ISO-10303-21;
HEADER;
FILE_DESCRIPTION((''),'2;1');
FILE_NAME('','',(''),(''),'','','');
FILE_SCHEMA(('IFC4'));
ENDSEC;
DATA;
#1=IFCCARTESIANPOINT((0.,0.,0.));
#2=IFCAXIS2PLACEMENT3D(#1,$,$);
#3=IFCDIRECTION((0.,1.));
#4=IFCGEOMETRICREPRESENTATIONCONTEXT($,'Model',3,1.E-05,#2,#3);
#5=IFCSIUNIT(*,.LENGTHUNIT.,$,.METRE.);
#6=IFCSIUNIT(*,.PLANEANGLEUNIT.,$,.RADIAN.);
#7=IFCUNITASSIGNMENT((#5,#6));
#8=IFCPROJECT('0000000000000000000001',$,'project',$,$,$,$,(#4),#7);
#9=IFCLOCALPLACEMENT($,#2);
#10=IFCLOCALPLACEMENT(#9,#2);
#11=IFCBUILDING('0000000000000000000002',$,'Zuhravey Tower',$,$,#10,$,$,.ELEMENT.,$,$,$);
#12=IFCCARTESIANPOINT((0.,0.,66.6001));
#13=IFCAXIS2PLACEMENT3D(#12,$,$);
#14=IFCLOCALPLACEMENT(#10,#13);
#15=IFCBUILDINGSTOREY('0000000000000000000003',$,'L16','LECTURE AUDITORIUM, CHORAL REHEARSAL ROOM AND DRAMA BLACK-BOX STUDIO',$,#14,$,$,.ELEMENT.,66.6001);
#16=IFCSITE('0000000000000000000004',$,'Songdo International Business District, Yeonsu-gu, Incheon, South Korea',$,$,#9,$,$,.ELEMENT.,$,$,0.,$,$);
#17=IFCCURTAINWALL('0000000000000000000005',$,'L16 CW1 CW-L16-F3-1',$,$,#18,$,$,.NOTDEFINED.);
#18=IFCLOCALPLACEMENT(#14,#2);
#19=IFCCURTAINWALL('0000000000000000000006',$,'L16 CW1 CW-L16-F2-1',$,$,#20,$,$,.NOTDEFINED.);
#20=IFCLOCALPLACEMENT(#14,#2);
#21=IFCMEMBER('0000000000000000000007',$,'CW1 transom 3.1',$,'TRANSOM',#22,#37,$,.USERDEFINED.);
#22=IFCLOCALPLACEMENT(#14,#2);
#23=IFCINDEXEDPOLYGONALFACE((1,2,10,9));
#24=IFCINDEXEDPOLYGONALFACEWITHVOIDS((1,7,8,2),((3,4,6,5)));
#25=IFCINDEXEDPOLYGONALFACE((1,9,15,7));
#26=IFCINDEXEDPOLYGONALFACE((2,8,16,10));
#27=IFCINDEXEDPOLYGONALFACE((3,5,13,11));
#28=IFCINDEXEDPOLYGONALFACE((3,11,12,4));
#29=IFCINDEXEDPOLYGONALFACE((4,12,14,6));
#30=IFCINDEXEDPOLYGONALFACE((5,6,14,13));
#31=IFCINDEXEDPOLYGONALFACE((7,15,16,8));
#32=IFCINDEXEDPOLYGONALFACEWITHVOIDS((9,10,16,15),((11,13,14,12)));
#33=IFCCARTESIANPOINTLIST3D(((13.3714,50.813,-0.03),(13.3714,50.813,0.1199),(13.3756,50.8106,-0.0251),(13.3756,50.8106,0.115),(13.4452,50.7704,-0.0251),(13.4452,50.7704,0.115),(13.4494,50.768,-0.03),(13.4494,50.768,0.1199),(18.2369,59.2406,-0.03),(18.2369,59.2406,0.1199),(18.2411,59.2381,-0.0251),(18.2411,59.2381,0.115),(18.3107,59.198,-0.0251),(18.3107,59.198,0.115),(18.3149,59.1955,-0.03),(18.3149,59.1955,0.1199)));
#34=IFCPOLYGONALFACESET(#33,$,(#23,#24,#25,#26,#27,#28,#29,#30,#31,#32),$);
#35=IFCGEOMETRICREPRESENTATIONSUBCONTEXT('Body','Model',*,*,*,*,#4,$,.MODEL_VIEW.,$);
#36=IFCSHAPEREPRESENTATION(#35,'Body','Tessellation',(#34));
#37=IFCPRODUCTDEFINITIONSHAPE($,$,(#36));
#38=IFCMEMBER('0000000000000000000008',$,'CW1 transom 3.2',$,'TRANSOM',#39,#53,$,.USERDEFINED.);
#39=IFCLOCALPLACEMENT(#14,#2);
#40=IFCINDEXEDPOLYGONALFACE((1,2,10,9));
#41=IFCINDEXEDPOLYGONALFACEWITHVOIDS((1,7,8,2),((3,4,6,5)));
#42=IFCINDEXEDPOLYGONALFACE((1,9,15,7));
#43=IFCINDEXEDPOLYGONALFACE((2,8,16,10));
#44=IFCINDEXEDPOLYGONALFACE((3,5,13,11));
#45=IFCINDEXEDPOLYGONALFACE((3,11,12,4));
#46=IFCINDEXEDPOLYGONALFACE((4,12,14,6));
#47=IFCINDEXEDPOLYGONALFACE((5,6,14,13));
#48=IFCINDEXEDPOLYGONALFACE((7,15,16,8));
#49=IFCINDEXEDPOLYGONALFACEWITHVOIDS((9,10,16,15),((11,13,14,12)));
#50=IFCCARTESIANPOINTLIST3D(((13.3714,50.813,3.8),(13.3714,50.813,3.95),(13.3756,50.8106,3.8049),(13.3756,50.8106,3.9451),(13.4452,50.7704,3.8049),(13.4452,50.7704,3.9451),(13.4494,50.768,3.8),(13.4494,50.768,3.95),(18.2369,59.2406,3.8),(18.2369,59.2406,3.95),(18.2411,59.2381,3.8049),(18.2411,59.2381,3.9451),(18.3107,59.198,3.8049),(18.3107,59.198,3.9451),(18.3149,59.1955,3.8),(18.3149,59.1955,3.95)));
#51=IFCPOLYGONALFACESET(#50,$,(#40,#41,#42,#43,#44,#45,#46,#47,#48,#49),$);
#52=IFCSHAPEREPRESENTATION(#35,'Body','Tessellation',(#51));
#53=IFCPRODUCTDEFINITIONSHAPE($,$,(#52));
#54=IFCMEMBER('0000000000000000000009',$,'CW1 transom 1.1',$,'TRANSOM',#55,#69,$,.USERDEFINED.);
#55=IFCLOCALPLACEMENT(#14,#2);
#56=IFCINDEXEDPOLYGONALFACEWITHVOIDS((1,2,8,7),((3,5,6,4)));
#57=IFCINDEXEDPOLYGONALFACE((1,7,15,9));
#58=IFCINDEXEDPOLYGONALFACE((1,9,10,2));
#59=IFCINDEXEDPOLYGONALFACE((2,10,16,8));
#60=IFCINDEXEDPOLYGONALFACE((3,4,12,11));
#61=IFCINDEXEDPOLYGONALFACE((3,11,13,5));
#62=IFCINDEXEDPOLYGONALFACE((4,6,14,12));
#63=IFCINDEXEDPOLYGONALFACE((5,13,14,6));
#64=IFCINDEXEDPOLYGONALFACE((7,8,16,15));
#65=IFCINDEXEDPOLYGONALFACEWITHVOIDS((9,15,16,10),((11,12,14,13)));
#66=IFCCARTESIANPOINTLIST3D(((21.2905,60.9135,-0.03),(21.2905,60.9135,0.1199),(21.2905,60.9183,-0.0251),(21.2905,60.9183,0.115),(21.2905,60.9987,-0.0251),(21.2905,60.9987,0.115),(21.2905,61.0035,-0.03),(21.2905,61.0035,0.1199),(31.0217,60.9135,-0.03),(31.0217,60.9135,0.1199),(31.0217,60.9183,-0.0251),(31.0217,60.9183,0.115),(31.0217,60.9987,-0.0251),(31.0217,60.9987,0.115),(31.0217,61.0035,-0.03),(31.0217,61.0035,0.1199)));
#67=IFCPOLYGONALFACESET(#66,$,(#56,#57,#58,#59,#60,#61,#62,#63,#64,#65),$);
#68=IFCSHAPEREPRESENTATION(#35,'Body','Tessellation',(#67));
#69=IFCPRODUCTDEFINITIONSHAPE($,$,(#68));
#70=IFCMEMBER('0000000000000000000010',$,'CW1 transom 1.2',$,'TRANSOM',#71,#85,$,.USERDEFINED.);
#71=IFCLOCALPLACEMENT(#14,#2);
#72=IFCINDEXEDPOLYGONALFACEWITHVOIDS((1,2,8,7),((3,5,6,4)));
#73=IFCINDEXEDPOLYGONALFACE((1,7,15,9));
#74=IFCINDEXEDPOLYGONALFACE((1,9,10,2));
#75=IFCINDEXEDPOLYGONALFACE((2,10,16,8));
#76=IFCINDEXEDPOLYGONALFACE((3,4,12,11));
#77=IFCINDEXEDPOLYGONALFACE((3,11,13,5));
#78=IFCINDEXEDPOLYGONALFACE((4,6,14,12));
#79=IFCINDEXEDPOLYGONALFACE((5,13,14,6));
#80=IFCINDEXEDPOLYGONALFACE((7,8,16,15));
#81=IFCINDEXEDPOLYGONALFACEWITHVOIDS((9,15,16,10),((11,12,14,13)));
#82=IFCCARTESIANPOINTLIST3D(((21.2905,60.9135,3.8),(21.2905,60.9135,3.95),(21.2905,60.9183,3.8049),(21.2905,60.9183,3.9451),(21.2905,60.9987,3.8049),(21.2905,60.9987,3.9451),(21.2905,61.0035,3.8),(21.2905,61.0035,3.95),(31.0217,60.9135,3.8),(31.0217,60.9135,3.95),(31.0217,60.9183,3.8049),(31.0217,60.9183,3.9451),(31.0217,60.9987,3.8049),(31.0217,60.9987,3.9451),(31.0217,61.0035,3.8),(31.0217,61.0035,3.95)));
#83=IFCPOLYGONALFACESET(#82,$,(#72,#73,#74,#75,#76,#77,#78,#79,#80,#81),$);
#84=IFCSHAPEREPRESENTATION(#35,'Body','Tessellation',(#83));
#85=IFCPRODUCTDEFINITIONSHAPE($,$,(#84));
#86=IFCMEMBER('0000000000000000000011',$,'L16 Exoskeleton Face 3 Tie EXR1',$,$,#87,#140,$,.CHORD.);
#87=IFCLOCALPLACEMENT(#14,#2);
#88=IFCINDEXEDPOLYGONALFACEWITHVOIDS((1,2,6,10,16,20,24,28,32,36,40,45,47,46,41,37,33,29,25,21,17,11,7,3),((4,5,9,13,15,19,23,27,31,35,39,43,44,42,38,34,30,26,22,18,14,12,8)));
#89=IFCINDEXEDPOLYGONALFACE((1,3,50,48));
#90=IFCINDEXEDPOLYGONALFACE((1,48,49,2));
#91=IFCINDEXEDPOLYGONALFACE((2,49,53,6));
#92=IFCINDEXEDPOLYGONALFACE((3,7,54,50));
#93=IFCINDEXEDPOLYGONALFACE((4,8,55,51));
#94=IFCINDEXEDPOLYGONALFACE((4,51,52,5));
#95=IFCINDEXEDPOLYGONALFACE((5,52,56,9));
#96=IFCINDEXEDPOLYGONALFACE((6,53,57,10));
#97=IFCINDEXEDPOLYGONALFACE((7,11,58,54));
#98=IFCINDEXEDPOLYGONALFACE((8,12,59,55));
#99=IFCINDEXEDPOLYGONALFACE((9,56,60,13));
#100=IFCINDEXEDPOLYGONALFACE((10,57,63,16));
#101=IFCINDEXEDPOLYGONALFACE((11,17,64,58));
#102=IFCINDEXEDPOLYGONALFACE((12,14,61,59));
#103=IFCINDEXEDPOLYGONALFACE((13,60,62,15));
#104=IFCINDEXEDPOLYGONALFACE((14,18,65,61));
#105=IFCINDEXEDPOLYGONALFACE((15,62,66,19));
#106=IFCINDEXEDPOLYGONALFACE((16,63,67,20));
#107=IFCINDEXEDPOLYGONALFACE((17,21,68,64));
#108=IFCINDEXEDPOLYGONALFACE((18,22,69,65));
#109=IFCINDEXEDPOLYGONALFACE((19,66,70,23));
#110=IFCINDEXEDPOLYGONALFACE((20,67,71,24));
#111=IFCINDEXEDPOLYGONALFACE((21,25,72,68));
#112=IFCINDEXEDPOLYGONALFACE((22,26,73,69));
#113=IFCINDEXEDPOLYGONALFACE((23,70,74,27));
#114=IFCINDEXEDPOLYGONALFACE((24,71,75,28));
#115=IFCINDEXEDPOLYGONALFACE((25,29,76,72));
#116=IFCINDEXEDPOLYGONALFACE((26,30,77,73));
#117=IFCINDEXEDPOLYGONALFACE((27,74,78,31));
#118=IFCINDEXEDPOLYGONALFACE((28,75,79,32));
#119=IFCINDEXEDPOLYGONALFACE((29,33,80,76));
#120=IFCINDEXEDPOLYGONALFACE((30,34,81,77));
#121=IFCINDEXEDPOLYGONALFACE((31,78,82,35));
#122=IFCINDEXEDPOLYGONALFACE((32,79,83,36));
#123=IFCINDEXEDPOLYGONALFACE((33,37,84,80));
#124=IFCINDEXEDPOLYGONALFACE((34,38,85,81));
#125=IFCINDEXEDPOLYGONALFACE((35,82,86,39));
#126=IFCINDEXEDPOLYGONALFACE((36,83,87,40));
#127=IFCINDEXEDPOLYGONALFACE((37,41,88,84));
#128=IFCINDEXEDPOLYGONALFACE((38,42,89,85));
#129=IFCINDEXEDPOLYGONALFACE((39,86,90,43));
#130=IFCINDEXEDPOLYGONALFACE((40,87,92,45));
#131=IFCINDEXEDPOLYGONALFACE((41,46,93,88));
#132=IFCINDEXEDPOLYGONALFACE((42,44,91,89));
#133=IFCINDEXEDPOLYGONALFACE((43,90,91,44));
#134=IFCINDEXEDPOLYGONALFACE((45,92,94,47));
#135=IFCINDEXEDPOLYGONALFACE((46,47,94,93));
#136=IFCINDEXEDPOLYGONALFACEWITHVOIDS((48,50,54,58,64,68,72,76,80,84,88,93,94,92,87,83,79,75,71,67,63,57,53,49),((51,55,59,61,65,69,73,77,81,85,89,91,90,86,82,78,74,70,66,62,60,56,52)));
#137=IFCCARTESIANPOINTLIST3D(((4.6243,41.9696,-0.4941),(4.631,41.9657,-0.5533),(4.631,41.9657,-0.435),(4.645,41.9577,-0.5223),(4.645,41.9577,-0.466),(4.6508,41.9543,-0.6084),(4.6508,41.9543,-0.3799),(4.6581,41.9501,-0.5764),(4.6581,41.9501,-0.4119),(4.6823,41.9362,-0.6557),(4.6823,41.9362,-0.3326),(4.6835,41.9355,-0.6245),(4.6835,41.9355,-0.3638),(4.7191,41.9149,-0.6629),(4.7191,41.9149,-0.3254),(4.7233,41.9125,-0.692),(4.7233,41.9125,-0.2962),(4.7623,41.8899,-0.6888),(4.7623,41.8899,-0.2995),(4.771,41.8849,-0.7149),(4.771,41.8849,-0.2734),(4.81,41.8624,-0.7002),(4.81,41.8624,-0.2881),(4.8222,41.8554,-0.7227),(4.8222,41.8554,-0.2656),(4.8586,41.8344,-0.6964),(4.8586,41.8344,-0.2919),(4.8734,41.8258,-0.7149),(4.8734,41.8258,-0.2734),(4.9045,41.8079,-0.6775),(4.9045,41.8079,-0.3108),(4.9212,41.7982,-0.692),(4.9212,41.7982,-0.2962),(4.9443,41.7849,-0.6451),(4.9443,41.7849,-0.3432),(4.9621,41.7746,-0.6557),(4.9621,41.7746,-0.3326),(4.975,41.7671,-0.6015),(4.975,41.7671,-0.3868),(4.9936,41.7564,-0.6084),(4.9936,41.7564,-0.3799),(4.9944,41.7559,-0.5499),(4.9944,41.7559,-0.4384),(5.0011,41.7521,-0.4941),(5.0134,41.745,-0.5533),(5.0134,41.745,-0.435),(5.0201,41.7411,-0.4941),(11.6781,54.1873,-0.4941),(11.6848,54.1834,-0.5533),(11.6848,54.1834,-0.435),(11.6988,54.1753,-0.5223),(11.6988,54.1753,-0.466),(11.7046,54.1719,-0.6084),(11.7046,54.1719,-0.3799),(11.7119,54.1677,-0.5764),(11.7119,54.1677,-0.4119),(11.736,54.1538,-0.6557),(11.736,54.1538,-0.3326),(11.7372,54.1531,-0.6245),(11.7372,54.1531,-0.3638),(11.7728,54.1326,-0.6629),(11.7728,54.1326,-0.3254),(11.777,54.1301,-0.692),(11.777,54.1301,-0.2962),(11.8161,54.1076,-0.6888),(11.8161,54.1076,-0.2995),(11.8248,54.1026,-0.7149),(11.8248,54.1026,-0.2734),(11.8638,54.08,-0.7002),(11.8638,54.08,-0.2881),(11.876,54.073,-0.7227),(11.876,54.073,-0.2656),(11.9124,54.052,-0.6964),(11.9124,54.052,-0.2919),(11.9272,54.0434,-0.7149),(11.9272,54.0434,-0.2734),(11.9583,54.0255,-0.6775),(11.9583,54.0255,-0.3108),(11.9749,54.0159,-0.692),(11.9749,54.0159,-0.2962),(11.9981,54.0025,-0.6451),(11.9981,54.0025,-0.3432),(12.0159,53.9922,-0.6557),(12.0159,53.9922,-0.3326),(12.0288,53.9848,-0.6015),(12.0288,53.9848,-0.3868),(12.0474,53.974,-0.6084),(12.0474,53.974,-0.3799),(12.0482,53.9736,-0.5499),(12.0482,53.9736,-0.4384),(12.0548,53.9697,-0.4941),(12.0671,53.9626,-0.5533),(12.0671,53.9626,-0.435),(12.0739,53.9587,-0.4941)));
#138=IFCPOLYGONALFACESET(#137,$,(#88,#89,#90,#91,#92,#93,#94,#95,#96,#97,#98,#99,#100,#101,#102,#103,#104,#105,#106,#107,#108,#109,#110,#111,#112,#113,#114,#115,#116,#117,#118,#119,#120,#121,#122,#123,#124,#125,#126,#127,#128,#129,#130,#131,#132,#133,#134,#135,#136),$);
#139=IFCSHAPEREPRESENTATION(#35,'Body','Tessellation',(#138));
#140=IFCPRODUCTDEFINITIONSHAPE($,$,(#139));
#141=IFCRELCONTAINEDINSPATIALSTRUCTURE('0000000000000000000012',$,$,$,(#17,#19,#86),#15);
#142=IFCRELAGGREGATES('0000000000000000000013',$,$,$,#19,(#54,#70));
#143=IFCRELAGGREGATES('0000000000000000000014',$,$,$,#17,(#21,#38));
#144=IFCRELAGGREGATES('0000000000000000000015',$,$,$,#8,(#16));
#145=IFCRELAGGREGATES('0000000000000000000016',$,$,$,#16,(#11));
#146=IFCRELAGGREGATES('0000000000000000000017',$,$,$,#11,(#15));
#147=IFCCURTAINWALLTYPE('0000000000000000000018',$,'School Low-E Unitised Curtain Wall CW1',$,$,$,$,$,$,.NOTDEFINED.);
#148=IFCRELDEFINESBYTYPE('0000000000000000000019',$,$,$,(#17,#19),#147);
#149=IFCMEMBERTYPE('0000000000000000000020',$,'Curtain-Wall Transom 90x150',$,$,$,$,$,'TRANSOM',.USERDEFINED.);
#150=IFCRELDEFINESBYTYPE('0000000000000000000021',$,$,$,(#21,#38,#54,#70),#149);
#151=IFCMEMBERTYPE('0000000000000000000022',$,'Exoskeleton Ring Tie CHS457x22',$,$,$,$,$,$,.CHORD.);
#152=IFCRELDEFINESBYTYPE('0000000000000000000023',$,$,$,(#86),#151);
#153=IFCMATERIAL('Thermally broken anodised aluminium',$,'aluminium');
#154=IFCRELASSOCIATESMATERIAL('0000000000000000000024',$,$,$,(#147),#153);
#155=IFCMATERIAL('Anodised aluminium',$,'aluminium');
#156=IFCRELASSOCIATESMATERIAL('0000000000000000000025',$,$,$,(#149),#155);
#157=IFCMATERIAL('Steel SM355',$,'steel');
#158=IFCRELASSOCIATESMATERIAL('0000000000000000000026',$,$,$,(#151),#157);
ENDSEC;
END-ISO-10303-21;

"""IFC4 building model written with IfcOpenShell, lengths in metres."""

from ifc_helpers import new_model, si_unit, direction, frame, origin, origin_2d, place, context, subcontext, project, spatial, hollow_rectangle, hollow_circle, extrude, material, material_profile, profile_set, type_object, element, aggregate, save


model = new_model("IFC4")

# Units and contexts
model_context = context("Model", 3, precision=1e-05, world=origin(), true_north=direction((0.0, 1.0)))
body_context = subcontext(model_context, "Body", "Model", "MODEL_VIEW")
ifc_project = project(units=[si_unit("LENGTHUNIT", "METRE"), si_unit("PLANEANGLEUNIT", "RADIAN")], contexts=[model_context])

# Site, building, storey
site_placement = place(None, origin())
site = spatial("IfcSite", under=ifc_project, at=site_placement, Name="Songdo International Business District, Yeonsu-gu, Incheon, South Korea", CompositionType="ELEMENT", RefElevation=0.0)
building_placement = place(site_placement, origin())
building = spatial("IfcBuilding", under=site, at=building_placement, Name="Zuhravey Tower", CompositionType="ELEMENT")
storey_placement = place(building_placement, frame((0.0, 0.0, 66.6001)))
storey = spatial("IfcBuildingStorey", under=building, at=storey_placement, Name="L16", Description="LECTURE AUDITORIUM, CHORAL REHEARSAL ROOM AND DRAMA BLACK-BOX STUDIO", CompositionType="ELEMENT", Elevation=66.6001)

# Curtain wall
ifc_material_1 = material(Name="Thermally broken anodised aluminium", Category="aluminium")
curtain_wall_type = type_object("IfcCurtainWallType", Name="School Low-E Unitised Curtain Wall CW1", PredefinedType="NOTDEFINED", material=ifc_material_1)
curtain_wall_1_placement = place(storey_placement, origin())
curtain_wall_1 = element("IfcCurtainWall", 1, at=curtain_wall_1_placement, inside=storey, type_object=curtain_wall_type, Name="L16 CW1 CW-L16-F3-1", PredefinedType="NOTDEFINED")
ifc_material_2 = material(Name="Anodised aluminium", Category="aluminium")

# Curtain wall
curtain_wall_2_placement = place(storey_placement, origin())
curtain_wall_2 = element("IfcCurtainWall", 2, at=curtain_wall_2_placement, inside=storey, type_object=curtain_wall_type, Name="L16 CW1 CW-L16-F2-1", PredefinedType="NOTDEFINED")

# Members
ifc_material_profile_1 = material_profile(ifc_material_2, hollow_rectangle(XDim=0.0901, YDim=0.1499, WallThickness=0.0049, at=origin_2d()), Name="ALU-RHS-90x150x5")
ifc_profile_set_1 = profile_set([ifc_material_profile_1], Name="Anodised aluminium")
member_type_1 = type_object("IfcMemberType", Name="Curtain-Wall Transom 90x150", ElementType="TRANSOM", PredefinedType="USERDEFINED", material=ifc_profile_set_1)
member_1_placement = place(storey_placement, frame((13.4104, 50.7905, 0.0449), z_axis=(0.49999, 0.866031, 0.0), x_axis=(-0.866031, 0.49999, 0.0)))
member_1 = element("IfcMember", 3, at=member_1_placement, type_object=member_type_1, Name="CW1 transom 3.1", ObjectType="TRANSOM", PredefinedType="USERDEFINED", context=body_context, shape_type="SweptSolid", body=[
    extrude(hollow_rectangle(XDim=0.0901, YDim=0.1499, WallThickness=0.0049, at=origin_2d()), origin(), (0.0, 0.0, 1.0), 9.7312),
])
member_2_placement = place(storey_placement, frame((13.4104, 50.7905, 3.875), z_axis=(0.49999, 0.866031, 0.0), x_axis=(-0.866031, 0.49999, 0.0)))
member_2 = element("IfcMember", 4, at=member_2_placement, type_object=member_type_1, Name="CW1 transom 3.2", ObjectType="TRANSOM", PredefinedType="USERDEFINED", context=body_context, shape_type="SweptSolid", body=[
    extrude(hollow_rectangle(XDim=0.0901, YDim=0.1499, WallThickness=0.0049, at=origin_2d()), origin(), (0.0, 0.0, 1.0), 9.7312),
])
member_3_placement = place(storey_placement, frame((21.2905, 60.9585, 0.0449), z_axis=(1.0, 0.0, 0.0), x_axis=(0.0, 1.0, 0.0)))
member_3 = element("IfcMember", 5, at=member_3_placement, type_object=member_type_1, Name="CW1 transom 1.1", ObjectType="TRANSOM", PredefinedType="USERDEFINED", context=body_context, shape_type="SweptSolid", body=[
    extrude(hollow_rectangle(XDim=0.0901, YDim=0.1499, WallThickness=0.0049, at=origin_2d()), origin(), (0.0, 0.0, 1.0), 9.7312),
])
member_4_placement = place(storey_placement, frame((21.2905, 60.9585, 3.875), z_axis=(1.0, 0.0, 0.0), x_axis=(0.0, 1.0, 0.0)))
member_4 = element("IfcMember", 6, at=member_4_placement, type_object=member_type_1, Name="CW1 transom 1.2", ObjectType="TRANSOM", PredefinedType="USERDEFINED", context=body_context, shape_type="SweptSolid", body=[
    extrude(hollow_rectangle(XDim=0.0901, YDim=0.1499, WallThickness=0.0049, at=origin_2d()), origin(), (0.0, 0.0, 1.0), 9.7312),
])
aggregate(curtain_wall_2, [member_3, member_4])

# Member
ifc_material_3 = material(Name="Steel SM355", Category="steel")
ifc_material_profile_2 = material_profile(ifc_material_3, hollow_circle(Radius=0.2285, WallThickness=0.022, at=origin_2d()), Name="CHS-457.2x22")
ifc_profile_set_2 = profile_set([ifc_material_profile_2], Name="Steel SM355")
member_type_2 = type_object("IfcMemberType", Name="Exoskeleton Ring Tie CHS457x22", PredefinedType="CHORD", material=ifc_profile_set_2)
member_5_placement = place(storey_placement, frame((11.876, 54.073, -0.4941), z_axis=(-0.499996, -0.866028, 0.0), x_axis=(0.866028, -0.499996, 0.0)))
element("IfcMember", 7, at=member_5_placement, inside=storey, type_object=member_type_2, Name="L16 Exoskeleton Face 3 Tie EXR1", PredefinedType="CHORD", context=body_context, shape_type="SweptSolid", body=[
    extrude(hollow_circle(Radius=0.2285, WallThickness=0.022, at=origin_2d()), origin(), (0.0, 0.0, 1.0), 14.1077),
])

aggregate(curtain_wall_1, [member_1, member_2])

save(model, "model.ifc")
